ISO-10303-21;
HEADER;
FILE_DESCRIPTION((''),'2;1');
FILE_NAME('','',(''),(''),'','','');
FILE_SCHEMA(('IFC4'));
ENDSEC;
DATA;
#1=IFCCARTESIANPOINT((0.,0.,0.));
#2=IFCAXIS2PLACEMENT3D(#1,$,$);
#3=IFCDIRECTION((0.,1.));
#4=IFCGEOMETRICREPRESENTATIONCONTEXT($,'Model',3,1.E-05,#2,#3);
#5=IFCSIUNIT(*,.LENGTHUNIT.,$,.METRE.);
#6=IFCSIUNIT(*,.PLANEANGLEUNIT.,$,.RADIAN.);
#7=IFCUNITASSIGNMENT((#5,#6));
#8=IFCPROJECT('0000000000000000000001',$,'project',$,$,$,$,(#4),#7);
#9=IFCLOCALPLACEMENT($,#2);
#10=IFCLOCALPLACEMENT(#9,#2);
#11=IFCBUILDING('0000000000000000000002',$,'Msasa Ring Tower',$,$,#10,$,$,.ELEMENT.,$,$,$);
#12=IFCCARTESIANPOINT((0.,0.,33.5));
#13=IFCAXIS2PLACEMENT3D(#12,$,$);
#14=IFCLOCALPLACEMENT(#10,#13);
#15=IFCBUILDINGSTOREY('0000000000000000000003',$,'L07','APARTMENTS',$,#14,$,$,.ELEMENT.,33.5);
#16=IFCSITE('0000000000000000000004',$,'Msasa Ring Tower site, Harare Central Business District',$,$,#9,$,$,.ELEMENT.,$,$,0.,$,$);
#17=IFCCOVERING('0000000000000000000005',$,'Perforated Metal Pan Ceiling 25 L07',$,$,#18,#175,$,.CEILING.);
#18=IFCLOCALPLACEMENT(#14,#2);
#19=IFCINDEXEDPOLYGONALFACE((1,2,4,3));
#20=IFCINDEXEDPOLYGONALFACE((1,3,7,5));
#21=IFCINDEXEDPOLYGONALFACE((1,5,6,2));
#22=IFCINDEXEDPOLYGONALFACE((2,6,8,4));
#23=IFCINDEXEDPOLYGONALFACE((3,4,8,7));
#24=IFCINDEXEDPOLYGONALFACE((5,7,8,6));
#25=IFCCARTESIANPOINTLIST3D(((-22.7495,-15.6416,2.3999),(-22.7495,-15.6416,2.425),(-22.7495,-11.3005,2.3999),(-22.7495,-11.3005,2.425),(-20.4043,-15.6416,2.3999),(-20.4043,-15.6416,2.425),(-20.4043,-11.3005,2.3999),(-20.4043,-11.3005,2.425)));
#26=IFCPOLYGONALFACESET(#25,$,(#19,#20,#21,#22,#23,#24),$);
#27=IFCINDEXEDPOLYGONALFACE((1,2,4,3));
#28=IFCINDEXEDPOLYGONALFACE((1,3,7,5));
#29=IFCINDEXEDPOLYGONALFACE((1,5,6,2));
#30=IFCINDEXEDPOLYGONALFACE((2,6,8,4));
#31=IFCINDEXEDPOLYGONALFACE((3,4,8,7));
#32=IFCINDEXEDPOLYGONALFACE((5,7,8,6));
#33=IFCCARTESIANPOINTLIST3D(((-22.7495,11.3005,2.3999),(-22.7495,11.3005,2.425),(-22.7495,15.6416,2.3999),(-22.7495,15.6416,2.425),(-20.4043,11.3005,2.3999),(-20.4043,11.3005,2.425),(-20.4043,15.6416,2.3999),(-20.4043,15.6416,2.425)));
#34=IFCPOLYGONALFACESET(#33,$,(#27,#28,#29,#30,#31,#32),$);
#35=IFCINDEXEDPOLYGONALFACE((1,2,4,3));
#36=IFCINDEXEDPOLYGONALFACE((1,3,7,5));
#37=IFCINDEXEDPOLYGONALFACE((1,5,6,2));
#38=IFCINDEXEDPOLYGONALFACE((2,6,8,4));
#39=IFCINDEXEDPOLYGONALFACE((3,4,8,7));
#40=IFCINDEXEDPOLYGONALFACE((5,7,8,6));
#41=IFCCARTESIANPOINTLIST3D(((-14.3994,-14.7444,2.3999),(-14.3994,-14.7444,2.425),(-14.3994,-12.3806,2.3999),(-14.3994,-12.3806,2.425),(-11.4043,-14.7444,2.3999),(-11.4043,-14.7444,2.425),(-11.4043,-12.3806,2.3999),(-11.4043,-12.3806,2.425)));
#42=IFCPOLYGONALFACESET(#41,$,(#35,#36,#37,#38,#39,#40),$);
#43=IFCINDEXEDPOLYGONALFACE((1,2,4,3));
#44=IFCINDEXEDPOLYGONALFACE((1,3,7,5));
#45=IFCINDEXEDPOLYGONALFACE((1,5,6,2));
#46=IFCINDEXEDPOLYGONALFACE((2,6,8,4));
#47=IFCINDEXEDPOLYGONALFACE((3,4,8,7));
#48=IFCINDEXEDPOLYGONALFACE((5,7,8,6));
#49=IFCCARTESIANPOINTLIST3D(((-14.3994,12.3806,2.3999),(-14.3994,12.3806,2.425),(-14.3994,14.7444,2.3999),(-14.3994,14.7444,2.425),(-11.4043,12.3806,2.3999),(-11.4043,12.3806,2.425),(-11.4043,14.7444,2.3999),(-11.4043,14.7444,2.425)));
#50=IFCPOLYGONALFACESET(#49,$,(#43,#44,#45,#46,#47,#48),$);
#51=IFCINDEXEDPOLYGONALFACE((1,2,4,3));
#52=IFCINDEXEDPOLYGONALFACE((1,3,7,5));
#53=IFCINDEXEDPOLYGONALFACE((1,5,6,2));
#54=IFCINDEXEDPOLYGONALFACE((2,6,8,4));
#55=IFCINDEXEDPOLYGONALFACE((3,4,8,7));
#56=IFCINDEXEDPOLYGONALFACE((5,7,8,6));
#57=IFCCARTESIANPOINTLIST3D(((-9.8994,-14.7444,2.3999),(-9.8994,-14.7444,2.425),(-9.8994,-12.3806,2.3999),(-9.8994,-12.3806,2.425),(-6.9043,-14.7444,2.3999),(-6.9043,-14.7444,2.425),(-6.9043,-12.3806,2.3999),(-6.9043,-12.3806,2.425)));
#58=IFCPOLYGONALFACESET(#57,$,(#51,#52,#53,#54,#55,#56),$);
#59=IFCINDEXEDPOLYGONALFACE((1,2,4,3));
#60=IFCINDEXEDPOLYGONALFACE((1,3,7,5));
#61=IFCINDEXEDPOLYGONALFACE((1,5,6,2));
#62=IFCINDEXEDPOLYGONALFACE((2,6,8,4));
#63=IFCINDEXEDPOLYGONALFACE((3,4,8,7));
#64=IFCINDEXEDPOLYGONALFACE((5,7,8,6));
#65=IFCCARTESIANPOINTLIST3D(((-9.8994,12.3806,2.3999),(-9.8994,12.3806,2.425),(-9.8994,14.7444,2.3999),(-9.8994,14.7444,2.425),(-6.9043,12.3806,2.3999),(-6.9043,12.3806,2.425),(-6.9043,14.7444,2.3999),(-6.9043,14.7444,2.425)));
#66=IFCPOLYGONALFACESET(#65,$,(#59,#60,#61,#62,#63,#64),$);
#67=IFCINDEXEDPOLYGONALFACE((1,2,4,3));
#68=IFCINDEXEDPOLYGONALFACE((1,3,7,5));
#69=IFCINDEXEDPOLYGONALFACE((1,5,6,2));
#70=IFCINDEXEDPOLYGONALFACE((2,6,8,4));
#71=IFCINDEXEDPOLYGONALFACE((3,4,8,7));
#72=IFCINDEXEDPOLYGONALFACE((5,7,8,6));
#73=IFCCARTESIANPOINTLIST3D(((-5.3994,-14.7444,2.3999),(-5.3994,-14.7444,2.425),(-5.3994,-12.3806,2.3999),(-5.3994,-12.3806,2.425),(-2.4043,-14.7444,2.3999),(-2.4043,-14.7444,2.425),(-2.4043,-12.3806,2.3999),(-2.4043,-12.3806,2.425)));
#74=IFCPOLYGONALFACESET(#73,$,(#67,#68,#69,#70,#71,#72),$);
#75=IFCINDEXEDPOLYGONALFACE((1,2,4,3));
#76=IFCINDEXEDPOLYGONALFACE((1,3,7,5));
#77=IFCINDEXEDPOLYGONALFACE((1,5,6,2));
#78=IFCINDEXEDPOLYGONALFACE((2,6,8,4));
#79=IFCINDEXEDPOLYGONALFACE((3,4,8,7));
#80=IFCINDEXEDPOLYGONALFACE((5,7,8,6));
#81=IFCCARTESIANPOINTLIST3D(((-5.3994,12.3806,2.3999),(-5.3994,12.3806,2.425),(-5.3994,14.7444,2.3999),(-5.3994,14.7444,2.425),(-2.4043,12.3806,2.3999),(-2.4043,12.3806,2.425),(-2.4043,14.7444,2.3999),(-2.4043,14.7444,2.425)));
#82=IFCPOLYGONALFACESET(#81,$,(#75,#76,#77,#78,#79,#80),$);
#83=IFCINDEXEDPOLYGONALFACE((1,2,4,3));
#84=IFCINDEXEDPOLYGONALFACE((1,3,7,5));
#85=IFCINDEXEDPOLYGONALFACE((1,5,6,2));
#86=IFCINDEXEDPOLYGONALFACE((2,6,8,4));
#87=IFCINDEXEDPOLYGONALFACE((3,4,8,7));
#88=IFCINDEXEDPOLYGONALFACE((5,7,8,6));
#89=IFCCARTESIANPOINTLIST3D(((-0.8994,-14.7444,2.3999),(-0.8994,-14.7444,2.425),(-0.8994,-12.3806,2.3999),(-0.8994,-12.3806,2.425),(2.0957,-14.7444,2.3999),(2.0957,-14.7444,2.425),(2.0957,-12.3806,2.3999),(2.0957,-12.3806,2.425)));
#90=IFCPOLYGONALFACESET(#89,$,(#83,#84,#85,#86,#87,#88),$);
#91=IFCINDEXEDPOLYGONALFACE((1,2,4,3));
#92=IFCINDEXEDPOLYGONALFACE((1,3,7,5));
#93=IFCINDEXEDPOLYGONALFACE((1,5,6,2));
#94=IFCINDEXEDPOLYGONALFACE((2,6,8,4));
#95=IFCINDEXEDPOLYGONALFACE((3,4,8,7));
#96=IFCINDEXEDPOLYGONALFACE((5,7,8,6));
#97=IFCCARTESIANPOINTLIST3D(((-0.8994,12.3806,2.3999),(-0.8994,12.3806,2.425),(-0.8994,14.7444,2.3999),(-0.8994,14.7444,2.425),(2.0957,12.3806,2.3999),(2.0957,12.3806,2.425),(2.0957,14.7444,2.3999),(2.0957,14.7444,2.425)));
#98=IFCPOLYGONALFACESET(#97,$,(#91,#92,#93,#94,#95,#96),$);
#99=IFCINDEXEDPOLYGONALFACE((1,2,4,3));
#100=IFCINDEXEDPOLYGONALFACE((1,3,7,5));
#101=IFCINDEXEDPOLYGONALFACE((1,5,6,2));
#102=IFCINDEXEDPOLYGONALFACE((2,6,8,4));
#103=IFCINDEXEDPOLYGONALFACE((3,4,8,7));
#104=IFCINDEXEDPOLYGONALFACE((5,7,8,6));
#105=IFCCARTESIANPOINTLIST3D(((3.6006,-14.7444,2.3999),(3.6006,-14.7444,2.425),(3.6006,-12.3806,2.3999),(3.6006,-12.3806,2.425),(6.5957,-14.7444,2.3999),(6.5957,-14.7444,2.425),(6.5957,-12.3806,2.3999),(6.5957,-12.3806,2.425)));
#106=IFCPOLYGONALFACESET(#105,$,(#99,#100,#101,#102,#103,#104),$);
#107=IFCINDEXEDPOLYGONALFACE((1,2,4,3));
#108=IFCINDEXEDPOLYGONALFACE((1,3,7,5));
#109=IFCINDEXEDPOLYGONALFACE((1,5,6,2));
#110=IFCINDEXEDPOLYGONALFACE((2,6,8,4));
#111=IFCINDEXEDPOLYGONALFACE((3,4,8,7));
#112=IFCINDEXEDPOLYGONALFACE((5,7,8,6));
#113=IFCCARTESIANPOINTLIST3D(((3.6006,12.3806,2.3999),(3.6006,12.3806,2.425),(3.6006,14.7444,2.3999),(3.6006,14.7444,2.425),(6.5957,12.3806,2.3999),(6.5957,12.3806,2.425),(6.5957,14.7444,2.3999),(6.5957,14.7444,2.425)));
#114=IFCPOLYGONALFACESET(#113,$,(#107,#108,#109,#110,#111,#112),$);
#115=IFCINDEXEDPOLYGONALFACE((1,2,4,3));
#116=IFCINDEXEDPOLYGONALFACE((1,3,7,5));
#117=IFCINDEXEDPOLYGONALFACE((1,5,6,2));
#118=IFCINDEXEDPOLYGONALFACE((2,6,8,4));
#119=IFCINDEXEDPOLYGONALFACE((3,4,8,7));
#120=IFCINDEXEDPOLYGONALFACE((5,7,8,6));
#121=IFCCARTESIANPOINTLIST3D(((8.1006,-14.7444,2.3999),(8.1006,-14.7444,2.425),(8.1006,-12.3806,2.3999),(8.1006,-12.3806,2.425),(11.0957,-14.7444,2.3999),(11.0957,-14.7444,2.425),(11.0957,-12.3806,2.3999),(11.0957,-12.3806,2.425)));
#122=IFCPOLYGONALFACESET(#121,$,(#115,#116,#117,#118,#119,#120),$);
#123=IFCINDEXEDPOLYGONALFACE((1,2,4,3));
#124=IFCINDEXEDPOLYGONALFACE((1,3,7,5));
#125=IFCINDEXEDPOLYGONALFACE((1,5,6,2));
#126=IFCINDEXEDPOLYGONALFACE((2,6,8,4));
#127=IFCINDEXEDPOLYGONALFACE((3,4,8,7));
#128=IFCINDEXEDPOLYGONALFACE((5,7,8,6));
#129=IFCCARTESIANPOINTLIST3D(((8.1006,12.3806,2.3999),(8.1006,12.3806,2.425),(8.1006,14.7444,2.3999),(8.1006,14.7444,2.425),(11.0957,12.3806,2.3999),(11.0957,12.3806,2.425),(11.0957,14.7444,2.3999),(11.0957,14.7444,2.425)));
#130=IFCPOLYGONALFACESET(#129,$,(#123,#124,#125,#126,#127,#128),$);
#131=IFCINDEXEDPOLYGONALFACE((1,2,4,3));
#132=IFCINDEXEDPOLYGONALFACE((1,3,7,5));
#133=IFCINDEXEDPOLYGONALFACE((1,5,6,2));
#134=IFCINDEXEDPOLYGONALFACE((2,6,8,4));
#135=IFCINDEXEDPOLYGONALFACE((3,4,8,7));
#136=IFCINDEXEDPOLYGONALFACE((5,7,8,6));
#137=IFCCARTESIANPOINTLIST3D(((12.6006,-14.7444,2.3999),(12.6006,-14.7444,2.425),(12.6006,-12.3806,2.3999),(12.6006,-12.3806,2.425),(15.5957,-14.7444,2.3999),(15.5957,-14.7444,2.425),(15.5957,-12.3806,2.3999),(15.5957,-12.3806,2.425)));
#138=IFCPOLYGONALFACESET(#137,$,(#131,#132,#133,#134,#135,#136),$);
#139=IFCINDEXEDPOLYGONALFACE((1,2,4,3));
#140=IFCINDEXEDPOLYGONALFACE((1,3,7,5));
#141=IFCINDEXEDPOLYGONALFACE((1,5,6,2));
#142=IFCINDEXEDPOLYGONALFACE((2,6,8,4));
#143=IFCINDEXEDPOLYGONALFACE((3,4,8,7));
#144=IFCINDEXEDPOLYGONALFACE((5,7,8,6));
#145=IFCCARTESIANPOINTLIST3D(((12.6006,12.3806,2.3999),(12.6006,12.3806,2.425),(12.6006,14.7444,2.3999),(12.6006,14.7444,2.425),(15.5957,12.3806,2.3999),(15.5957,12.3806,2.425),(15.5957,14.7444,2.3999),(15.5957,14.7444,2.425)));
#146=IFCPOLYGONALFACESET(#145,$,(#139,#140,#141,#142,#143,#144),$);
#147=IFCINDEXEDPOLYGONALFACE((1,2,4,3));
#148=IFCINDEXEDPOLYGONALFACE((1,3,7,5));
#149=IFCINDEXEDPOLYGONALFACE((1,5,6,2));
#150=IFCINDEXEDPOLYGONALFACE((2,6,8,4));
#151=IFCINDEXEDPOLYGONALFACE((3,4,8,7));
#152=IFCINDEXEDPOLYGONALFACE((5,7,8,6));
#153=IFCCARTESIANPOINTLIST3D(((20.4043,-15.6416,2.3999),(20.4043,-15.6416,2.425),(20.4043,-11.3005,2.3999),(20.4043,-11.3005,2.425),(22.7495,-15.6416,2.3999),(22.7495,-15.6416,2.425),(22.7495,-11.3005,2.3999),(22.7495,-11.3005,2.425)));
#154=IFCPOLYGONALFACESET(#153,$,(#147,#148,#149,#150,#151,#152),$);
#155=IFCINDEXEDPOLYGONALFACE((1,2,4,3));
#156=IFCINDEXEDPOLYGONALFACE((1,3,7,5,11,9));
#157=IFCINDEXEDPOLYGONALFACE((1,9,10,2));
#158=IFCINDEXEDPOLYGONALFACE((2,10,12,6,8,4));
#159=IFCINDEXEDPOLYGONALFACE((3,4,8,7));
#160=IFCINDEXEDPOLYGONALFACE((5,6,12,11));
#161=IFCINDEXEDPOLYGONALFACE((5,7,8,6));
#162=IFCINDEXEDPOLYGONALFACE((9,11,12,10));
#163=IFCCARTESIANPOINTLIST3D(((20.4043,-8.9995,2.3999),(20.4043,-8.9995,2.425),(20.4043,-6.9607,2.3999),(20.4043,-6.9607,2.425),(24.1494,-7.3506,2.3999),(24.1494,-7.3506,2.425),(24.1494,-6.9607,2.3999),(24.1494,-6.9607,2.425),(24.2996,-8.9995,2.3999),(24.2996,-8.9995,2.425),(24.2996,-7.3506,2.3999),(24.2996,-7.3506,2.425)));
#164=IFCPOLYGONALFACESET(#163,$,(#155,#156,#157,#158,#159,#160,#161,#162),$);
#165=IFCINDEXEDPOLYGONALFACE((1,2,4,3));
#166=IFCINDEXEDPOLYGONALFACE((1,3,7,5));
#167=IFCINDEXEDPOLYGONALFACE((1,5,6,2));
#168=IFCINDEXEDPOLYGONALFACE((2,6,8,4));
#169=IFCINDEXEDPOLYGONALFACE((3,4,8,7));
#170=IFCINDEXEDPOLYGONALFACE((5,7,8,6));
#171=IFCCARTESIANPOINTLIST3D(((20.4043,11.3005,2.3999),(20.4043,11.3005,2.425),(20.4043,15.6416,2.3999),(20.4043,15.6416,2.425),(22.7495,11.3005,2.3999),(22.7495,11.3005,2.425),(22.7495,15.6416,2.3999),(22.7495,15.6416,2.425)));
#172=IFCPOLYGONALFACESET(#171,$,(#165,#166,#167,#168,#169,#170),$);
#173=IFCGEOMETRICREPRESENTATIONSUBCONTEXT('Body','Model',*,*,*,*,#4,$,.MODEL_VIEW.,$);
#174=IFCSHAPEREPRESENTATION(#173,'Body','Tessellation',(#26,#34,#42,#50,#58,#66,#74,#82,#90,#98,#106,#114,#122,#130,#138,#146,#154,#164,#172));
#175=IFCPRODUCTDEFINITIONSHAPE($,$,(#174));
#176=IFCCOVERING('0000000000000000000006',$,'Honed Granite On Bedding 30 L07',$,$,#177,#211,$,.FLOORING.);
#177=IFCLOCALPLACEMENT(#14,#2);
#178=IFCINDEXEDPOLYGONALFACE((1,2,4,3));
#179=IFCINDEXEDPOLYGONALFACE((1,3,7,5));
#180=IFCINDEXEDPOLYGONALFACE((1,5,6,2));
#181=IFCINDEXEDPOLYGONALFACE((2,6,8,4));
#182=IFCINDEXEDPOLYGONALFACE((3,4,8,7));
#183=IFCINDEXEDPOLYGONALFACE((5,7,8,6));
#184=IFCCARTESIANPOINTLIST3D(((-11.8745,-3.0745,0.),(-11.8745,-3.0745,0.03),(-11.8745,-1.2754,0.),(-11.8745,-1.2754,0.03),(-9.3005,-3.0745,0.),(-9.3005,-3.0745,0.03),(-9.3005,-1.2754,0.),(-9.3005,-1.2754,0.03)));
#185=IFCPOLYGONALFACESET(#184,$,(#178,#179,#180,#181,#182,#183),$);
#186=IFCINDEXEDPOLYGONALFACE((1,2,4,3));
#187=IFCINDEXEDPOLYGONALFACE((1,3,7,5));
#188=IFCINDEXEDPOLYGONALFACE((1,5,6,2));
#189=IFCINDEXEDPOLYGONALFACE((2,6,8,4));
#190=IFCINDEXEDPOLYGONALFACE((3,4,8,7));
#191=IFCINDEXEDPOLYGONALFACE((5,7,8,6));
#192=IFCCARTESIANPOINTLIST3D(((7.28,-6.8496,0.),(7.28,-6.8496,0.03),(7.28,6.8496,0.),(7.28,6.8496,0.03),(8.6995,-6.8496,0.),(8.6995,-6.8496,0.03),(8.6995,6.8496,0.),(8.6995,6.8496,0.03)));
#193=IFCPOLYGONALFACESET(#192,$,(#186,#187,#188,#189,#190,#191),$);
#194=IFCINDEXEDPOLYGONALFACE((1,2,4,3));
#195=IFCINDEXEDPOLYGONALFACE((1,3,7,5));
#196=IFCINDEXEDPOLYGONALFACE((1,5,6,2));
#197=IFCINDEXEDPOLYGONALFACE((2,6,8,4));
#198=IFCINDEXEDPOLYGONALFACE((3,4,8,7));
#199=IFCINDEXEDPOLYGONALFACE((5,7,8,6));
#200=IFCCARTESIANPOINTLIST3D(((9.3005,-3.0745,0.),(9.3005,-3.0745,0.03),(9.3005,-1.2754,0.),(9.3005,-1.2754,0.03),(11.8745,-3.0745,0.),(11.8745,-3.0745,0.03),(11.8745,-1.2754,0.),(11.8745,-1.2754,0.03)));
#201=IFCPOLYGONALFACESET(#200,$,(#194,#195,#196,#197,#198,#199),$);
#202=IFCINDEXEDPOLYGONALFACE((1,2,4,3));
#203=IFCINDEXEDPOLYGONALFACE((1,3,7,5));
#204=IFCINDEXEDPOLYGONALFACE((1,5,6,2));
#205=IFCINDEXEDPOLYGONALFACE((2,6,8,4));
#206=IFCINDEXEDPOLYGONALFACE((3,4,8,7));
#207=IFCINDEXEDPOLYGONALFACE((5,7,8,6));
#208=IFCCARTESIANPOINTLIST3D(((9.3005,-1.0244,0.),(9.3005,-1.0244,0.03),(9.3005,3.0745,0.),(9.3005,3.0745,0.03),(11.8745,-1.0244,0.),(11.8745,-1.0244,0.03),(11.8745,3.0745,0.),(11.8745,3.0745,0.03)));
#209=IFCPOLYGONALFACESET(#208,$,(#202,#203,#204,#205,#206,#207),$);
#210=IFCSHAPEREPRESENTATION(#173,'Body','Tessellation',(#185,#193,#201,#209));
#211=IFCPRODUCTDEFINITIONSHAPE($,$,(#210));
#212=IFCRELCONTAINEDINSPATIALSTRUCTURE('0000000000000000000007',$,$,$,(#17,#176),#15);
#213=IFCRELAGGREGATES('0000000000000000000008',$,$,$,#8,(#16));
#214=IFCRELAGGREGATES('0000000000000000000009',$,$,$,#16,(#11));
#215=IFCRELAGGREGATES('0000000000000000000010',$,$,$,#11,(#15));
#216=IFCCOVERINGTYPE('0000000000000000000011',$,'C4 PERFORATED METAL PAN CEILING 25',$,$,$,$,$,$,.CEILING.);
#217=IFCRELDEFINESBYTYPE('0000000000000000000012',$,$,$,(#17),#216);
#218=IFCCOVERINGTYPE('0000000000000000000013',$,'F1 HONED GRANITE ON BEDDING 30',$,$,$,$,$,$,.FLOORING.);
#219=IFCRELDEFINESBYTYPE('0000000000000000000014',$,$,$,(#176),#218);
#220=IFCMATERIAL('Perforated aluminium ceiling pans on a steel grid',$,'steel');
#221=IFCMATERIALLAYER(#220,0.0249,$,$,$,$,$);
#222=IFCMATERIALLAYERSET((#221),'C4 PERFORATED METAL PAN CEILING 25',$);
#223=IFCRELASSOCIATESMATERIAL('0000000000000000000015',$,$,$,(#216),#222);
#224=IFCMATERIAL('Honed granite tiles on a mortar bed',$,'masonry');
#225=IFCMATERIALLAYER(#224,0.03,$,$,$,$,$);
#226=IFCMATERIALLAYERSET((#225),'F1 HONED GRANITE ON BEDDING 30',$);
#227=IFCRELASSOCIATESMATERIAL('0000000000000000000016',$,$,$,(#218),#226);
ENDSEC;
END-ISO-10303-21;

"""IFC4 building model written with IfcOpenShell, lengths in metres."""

from ifc_helpers import new_model, si_unit, direction, frame, origin, place, context, subcontext, project, spatial, line, indexed_curve, outline, extrude, material, layer, layer_set, type_object, element, save


model = new_model("IFC4")

# Units and contexts
model_context = context("Model", 3, precision=1e-05, world=origin(), true_north=direction((0.0, 1.0)))
body_context = subcontext(model_context, "Body", "Model", "MODEL_VIEW")
ifc_project = project(units=[si_unit("LENGTHUNIT", "METRE"), si_unit("PLANEANGLEUNIT", "RADIAN")], contexts=[model_context])

# Site, building, storey
site_placement = place(None, origin())
site = spatial("IfcSite", under=ifc_project, at=site_placement, Name="Msasa Ring Tower site, Harare Central Business District", CompositionType="ELEMENT", RefElevation=0.0)
building_placement = place(site_placement, origin())
building = spatial("IfcBuilding", under=site, at=building_placement, Name="Msasa Ring Tower", CompositionType="ELEMENT")
storey_placement = place(building_placement, frame((0.0, 0.0, 33.5)))
storey = spatial("IfcBuildingStorey", under=building, at=storey_placement, Name="L07", Description="APARTMENTS", CompositionType="ELEMENT", Elevation=33.5)

# Coverings
ifc_material_1 = material(Name="Perforated aluminium ceiling pans on a steel grid", Category="steel")
ifc_layer_1 = layer(ifc_material_1, 0.0249)
ifc_layer_set_1 = layer_set([ifc_layer_1], Name="C4 PERFORATED METAL PAN CEILING 25")
covering_type_1 = type_object("IfcCoveringType", Name="C4 PERFORATED METAL PAN CEILING 25", PredefinedType="CEILING", material=ifc_layer_set_1)
covering_1_placement = place(storey_placement, frame((0.0, 0.0, 2.3999)))
element("IfcCovering", 1, at=covering_1_placement, inside=storey, type_object=covering_type_1, Name="Perforated Metal Pan Ceiling 25 L07", PredefinedType="CEILING", context=body_context, shape_type="SweptSolid", body=[
    extrude(outline(indexed_curve([(-22.7495, -11.3005), (-20.4043, -11.3005), (-20.4043, -15.6416), (-22.7495, -15.6416)], segments=[line(1, 2, 3, 4, 1)], self_intersect=False)), origin(), (0.0, 0.0, 1.0), 0.0251),
    extrude(outline(indexed_curve([(-22.7495, 15.6416), (-20.4043, 15.6416), (-20.4043, 11.3005), (-22.7495, 11.3005)], segments=[line(1, 2, 3, 4, 1)], self_intersect=False)), origin(), (0.0, 0.0, 1.0), 0.0251),
    extrude(outline(indexed_curve([(-14.3994, -12.3806), (-11.4043, -12.3806), (-11.4043, -14.7444), (-14.3994, -14.7444)], segments=[line(1, 2, 3, 4, 1)], self_intersect=False)), origin(), (0.0, 0.0, 1.0), 0.0251),
    extrude(outline(indexed_curve([(-14.3994, 14.7444), (-11.4043, 14.7444), (-11.4043, 12.3806), (-14.3994, 12.3806)], segments=[line(1, 2, 3, 4, 1)], self_intersect=False)), origin(), (0.0, 0.0, 1.0), 0.0251),
    extrude(outline(indexed_curve([(-9.8994, -12.3806), (-6.9043, -12.3806), (-6.9043, -14.7444), (-9.8994, -14.7444)], segments=[line(1, 2, 3, 4, 1)], self_intersect=False)), origin(), (0.0, 0.0, 1.0), 0.0251),
    extrude(outline(indexed_curve([(-6.9043, 14.7444), (-6.9043, 12.3806), (-9.8994, 12.3806), (-9.8994, 14.7444)], segments=[line(1, 2, 3, 4, 1)], self_intersect=False)), origin(), (0.0, 0.0, 1.0), 0.0251),
    extrude(outline(indexed_curve([(-5.3994, -12.3806), (-2.4043, -12.3806), (-2.4043, -14.7444), (-5.3994, -14.7444)], segments=[line(1, 2, 3, 4, 1)], self_intersect=False)), origin(), (0.0, 0.0, 1.0), 0.0251),
    extrude(outline(indexed_curve([(-2.4043, 14.7444), (-2.4043, 12.3806), (-5.3994, 12.3806), (-5.3994, 14.7444)], segments=[line(1, 2, 3, 4, 1)], self_intersect=False)), origin(), (0.0, 0.0, 1.0), 0.0251),
    extrude(outline(indexed_curve([(-0.8994, -12.3806), (2.0957, -12.3806), (2.0957, -14.7444), (-0.8994, -14.7444)], segments=[line(1, 2, 3, 4, 1)], self_intersect=False)), origin(), (0.0, 0.0, 1.0), 0.0251),
    extrude(outline(indexed_curve([(-0.8994, 14.7444), (2.0957, 14.7444), (2.0957, 12.3806), (-0.8994, 12.3806)], segments=[line(1, 2, 3, 4, 1)], self_intersect=False)), origin(), (0.0, 0.0, 1.0), 0.0251),
    extrude(outline(indexed_curve([(3.6006, -12.3806), (6.5957, -12.3806), (6.5957, -14.7444), (3.6006, -14.7444)], segments=[line(1, 2, 3, 4, 1)], self_intersect=False)), origin(), (0.0, 0.0, 1.0), 0.0251),
    extrude(outline(indexed_curve([(3.6006, 14.7444), (6.5957, 14.7444), (6.5957, 12.3806), (3.6006, 12.3806)], segments=[line(1, 2, 3, 4, 1)], self_intersect=False)), origin(), (0.0, 0.0, 1.0), 0.0251),
    extrude(outline(indexed_curve([(8.1006, -12.3806), (11.0957, -12.3806), (11.0957, -14.7444), (8.1006, -14.7444)], segments=[line(1, 2, 3, 4, 1)], self_intersect=False)), origin(), (0.0, 0.0, 1.0), 0.0251),
    extrude(outline(indexed_curve([(11.0957, 14.7444), (11.0957, 12.3806), (8.1006, 12.3806), (8.1006, 14.7444)], segments=[line(1, 2, 3, 4, 1)], self_intersect=False)), origin(), (0.0, 0.0, 1.0), 0.0251),
    extrude(outline(indexed_curve([(15.5957, -12.3806), (15.5957, -14.7444), (12.6006, -14.7444), (12.6006, -12.3806)], segments=[line(1, 2, 3, 4, 1)], self_intersect=False)), origin(), (0.0, 0.0, 1.0), 0.0251),
    extrude(outline(indexed_curve([(15.5957, 14.7444), (15.5957, 12.3806), (12.6006, 12.3806), (12.6006, 14.7444)], segments=[line(1, 2, 3, 4, 1)], self_intersect=False)), origin(), (0.0, 0.0, 1.0), 0.0251),
    extrude(outline(indexed_curve([(22.7495, -11.3005), (22.7495, -15.6416), (20.4043, -15.6416), (20.4043, -11.3005)], segments=[line(1, 2, 3, 4, 1)], self_intersect=False)), origin(), (0.0, 0.0, 1.0), 0.0251),
    extrude(outline(indexed_curve([(20.4043, -8.9995), (20.4043, -6.9607), (24.1494, -6.9607), (24.1494, -7.3506), (24.2996, -7.3506), (24.2996, -8.9995)], segments=[line(1, 2, 3, 4, 5, 6, 1)], self_intersect=False)), origin(), (0.0, 0.0, 1.0), 0.0251),
    extrude(outline(indexed_curve([(22.7495, 15.6416), (22.7495, 11.3005), (20.4043, 11.3005), (20.4043, 15.6416)], segments=[line(1, 2, 3, 4, 1)], self_intersect=False)), origin(), (0.0, 0.0, 1.0), 0.0251),
])
ifc_material_2 = material(Name="Honed granite tiles on a mortar bed", Category="masonry")
ifc_layer_2 = layer(ifc_material_2, 0.03)
ifc_layer_set_2 = layer_set([ifc_layer_2], Name="F1 HONED GRANITE ON BEDDING 30")
covering_type_2 = type_object("IfcCoveringType", Name="F1 HONED GRANITE ON BEDDING 30", PredefinedType="FLOORING", material=ifc_layer_set_2)
covering_2_placement = place(storey_placement, origin())
element("IfcCovering", 2, at=covering_2_placement, inside=storey, type_object=covering_type_2, Name="Honed Granite On Bedding 30 L07", PredefinedType="FLOORING", context=body_context, shape_type="SweptSolid", body=[
    extrude(outline(indexed_curve([(-11.8745, -3.0745), (-11.8745, -1.2754), (-9.3005, -1.2754), (-9.3005, -3.0745)], segments=[line(1, 2, 3, 4, 1)], self_intersect=False)), origin(), (0.0, 0.0, 1.0), 0.03),
    extrude(outline(indexed_curve([(7.28, -6.8496), (7.28, 6.8496), (8.6995, 6.8496), (8.6995, -6.8496)], segments=[line(1, 2, 3, 4, 1)], self_intersect=False)), origin(), (0.0, 0.0, 1.0), 0.03),
    extrude(outline(indexed_curve([(9.3005, -3.0745), (9.3005, -1.2754), (11.8745, -1.2754), (11.8745, -3.0745)], segments=[line(1, 2, 3, 4, 1)], self_intersect=False)), origin(), (0.0, 0.0, 1.0), 0.03),
    extrude(outline(indexed_curve([(9.3005, -1.0244), (9.3005, 3.0745), (11.8745, 3.0745), (11.8745, -1.0244)], segments=[line(1, 2, 3, 4, 1)], self_intersect=False)), origin(), (0.0, 0.0, 1.0), 0.03),
])

save(model, "model.ifc")
